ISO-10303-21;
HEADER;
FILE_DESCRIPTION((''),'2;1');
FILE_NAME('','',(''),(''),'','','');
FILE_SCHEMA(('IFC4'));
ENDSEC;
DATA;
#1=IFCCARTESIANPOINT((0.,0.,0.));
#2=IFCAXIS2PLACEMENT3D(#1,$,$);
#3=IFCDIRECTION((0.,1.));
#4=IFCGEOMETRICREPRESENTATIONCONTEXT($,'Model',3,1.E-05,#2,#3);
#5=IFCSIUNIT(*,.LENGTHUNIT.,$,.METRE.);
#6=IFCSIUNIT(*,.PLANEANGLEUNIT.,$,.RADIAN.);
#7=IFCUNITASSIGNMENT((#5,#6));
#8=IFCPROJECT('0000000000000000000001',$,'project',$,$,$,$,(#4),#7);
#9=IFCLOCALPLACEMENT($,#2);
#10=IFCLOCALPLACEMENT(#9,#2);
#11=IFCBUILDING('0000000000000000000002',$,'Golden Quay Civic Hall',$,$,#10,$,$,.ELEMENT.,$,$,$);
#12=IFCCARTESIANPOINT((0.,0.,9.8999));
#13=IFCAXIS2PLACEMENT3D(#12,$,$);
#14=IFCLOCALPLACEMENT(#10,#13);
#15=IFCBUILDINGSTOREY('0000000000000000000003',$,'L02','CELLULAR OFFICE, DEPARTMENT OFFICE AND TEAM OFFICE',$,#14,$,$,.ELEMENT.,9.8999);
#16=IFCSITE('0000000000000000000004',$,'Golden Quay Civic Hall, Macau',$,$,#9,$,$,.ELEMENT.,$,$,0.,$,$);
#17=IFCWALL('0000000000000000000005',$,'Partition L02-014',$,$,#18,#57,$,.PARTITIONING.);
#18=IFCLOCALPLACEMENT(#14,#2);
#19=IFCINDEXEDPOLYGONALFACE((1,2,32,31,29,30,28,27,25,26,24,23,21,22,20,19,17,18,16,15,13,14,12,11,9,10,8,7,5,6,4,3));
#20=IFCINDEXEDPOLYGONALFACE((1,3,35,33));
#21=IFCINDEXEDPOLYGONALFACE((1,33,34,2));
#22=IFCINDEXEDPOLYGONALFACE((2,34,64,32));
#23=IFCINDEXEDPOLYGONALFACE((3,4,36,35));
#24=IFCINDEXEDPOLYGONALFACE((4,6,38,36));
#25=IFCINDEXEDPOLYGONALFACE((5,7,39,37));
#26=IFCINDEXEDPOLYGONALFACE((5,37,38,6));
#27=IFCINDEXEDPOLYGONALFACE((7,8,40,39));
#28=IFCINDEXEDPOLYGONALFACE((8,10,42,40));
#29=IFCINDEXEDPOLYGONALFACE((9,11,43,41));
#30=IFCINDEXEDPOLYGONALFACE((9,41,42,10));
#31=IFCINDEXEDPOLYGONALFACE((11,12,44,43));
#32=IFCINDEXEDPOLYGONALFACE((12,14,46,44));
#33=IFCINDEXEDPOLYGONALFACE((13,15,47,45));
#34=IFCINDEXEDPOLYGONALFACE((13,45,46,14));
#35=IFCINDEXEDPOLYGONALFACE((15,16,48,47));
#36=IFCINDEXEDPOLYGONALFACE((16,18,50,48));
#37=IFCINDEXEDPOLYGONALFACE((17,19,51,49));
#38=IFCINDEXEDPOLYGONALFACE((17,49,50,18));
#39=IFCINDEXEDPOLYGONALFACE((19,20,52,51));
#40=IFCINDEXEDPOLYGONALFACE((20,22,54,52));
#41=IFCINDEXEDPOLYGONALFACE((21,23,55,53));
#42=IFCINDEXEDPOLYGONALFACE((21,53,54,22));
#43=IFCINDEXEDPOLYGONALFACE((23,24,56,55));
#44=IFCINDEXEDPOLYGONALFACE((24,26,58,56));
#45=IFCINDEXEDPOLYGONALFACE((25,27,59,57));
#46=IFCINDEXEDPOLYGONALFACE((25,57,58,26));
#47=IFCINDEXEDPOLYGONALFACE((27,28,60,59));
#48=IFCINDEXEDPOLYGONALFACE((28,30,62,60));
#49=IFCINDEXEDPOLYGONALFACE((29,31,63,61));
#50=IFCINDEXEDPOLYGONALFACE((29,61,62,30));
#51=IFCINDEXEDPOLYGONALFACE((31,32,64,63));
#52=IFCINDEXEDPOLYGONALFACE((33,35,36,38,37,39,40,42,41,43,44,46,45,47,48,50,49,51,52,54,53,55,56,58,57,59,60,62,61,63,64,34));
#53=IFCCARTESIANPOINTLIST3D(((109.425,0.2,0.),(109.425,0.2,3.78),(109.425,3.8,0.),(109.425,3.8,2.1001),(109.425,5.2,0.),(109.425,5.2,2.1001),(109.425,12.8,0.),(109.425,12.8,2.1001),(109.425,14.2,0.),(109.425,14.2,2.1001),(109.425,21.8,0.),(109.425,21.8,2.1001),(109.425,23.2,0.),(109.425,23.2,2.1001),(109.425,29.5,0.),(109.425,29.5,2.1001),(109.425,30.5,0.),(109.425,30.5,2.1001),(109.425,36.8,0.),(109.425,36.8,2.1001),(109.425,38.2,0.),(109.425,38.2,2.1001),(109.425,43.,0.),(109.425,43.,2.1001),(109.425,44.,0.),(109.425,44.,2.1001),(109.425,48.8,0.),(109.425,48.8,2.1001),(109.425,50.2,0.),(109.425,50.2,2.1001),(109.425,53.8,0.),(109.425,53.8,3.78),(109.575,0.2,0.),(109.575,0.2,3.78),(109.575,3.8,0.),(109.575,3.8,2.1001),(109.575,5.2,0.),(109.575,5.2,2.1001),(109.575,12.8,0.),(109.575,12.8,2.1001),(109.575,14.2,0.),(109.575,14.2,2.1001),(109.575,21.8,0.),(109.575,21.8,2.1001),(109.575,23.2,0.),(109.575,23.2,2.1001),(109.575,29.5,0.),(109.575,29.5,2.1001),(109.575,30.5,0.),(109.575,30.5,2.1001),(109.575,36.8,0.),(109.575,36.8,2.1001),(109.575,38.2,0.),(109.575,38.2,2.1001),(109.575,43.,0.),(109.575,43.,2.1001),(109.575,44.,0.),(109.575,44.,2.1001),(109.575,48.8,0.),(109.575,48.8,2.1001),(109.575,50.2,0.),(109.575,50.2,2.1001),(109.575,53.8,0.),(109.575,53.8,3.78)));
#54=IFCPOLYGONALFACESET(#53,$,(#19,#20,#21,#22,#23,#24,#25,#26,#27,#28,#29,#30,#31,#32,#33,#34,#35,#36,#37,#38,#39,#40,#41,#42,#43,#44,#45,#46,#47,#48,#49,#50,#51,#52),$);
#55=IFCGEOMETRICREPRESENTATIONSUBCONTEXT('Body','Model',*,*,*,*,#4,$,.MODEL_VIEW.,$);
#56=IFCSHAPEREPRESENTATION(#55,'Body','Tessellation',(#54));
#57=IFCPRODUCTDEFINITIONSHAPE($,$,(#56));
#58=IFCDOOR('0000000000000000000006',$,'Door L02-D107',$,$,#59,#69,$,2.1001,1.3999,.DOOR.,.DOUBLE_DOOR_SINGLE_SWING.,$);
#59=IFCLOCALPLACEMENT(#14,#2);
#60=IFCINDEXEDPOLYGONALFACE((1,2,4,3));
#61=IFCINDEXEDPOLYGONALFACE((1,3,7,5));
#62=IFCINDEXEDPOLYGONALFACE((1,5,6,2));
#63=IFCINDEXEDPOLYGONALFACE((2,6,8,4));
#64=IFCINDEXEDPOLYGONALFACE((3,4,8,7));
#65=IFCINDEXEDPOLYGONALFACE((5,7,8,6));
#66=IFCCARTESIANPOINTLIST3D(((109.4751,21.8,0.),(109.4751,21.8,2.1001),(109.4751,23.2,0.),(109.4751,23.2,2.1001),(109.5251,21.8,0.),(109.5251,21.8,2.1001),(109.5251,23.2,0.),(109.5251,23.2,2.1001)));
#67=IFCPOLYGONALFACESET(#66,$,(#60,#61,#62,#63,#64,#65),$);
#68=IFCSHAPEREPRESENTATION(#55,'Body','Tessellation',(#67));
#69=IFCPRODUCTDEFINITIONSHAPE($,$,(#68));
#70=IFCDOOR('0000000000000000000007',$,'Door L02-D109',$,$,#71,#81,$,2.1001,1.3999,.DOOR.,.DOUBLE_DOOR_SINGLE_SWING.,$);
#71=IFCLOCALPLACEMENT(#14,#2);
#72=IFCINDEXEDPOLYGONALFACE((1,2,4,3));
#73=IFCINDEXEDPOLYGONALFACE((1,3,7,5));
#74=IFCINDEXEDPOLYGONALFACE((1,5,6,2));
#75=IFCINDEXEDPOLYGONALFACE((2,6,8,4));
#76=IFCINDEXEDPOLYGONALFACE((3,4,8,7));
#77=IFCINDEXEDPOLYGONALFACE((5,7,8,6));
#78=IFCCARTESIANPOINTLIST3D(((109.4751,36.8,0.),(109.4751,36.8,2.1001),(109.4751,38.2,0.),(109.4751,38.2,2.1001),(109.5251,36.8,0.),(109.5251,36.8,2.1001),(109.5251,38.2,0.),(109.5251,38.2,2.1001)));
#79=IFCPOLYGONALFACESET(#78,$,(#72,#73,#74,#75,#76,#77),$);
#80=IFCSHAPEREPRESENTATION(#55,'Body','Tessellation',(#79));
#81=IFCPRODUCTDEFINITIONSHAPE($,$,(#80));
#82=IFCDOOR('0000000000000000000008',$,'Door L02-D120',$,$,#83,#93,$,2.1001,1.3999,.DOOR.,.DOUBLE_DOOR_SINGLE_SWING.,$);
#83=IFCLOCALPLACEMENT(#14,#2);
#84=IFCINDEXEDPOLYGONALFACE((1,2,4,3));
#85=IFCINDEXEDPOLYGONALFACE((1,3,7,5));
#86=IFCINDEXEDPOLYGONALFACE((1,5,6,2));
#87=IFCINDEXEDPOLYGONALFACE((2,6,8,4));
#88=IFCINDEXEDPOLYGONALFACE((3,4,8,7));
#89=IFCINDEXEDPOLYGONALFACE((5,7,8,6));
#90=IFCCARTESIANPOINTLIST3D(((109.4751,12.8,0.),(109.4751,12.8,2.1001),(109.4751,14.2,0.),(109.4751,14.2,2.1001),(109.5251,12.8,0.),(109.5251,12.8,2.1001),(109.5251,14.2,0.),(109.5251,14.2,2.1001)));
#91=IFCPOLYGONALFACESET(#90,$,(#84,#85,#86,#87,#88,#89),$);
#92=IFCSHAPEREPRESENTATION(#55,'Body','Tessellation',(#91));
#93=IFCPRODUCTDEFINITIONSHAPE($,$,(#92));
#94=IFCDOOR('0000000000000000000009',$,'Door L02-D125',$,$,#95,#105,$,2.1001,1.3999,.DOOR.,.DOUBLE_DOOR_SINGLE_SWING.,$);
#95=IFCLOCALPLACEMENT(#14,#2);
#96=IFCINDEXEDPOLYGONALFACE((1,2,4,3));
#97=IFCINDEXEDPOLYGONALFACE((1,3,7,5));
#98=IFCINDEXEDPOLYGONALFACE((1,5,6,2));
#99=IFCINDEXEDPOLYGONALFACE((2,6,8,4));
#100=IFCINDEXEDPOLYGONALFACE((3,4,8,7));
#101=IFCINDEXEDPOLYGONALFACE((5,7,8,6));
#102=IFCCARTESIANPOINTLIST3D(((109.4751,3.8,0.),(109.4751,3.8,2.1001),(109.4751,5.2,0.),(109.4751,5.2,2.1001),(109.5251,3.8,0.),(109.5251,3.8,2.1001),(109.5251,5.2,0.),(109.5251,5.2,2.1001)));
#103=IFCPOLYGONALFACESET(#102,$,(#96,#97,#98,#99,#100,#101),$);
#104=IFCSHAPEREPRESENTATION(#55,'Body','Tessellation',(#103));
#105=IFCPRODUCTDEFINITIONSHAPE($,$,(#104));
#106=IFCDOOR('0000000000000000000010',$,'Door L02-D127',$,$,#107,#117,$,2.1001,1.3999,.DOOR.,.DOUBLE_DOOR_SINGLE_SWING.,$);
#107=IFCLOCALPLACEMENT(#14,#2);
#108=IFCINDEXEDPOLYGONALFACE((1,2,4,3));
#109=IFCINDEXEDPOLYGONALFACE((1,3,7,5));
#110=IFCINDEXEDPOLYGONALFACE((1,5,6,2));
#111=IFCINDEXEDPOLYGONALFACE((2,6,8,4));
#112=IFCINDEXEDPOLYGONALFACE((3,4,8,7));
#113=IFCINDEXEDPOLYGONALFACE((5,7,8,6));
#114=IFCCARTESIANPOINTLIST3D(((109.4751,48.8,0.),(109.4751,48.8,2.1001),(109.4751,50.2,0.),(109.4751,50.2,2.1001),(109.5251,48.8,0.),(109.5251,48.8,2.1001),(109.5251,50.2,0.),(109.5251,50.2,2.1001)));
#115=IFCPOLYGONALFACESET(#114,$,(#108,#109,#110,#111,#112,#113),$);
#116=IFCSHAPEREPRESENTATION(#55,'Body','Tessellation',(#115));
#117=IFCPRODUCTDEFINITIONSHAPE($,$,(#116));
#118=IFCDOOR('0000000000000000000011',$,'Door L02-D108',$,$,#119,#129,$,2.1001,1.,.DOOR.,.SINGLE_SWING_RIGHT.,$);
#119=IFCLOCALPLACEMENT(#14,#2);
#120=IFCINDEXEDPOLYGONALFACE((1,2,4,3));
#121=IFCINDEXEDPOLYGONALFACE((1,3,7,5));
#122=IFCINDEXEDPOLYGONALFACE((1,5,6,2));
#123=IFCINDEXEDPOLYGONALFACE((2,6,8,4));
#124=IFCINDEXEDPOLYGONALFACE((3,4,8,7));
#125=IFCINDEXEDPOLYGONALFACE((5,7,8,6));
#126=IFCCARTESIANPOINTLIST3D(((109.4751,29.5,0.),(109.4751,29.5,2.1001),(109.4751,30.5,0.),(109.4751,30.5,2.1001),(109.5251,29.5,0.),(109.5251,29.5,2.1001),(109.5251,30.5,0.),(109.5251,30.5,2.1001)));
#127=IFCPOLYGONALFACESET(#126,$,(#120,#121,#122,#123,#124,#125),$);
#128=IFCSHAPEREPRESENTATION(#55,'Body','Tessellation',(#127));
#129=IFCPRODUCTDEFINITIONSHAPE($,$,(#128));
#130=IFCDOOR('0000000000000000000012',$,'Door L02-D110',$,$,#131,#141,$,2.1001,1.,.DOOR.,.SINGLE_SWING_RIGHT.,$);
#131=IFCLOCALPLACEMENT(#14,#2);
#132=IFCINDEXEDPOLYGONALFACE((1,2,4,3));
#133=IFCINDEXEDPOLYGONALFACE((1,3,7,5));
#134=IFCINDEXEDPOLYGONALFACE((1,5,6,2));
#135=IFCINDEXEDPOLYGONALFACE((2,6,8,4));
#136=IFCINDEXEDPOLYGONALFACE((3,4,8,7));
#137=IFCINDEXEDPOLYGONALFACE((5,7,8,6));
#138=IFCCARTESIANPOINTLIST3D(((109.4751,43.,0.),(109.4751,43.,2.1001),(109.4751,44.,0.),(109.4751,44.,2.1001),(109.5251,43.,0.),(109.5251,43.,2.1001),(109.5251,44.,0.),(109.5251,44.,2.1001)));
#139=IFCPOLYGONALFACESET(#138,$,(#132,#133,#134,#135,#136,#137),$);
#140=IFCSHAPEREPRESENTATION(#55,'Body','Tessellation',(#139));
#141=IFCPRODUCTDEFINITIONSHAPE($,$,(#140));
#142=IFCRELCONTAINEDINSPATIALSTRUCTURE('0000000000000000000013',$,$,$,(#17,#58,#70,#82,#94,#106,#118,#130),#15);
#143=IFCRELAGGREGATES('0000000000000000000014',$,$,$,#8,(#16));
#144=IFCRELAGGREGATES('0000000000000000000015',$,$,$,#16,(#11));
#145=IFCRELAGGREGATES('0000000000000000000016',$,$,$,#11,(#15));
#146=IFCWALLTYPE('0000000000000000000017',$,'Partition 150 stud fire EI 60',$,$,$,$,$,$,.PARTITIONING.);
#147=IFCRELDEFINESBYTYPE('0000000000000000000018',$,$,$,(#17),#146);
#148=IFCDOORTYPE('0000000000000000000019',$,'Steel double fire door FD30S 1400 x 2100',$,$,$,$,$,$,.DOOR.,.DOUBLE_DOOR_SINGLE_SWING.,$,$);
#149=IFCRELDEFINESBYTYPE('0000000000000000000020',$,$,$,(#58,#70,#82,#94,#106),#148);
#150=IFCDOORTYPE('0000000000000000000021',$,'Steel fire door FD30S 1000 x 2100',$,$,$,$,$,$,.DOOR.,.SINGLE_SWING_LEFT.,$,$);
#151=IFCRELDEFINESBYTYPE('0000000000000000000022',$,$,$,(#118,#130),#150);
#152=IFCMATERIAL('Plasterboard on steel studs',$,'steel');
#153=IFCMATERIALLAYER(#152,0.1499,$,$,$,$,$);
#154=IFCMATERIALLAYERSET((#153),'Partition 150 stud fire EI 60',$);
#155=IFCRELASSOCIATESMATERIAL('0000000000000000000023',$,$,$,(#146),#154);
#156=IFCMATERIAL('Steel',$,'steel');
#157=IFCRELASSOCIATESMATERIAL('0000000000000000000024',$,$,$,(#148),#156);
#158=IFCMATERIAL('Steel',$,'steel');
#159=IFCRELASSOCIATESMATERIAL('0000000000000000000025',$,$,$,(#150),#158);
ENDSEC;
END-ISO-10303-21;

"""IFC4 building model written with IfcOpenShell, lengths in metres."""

from ifc_helpers import new_model, si_unit, direction, frame, frame_2d, origin, place, context, subcontext, project, spatial, rectangle, extrude, material, layer, layer_set, type_object, element, fill, save


model = new_model("IFC4")

# Units and contexts
model_context = context("Model", 3, precision=1e-05, world=origin(), true_north=direction((0.0, 1.0)))
body_context = subcontext(model_context, "Body", "Model", "MODEL_VIEW")
ifc_project = project(units=[si_unit("LENGTHUNIT", "METRE"), si_unit("PLANEANGLEUNIT", "RADIAN")], contexts=[model_context])

# Site, building, storey
site_placement = place(None, origin())
site = spatial("IfcSite", under=ifc_project, at=site_placement, Name="Golden Quay Civic Hall, Macau", CompositionType="ELEMENT", RefElevation=0.0)
building_placement = place(site_placement, origin())
building = spatial("IfcBuilding", under=site, at=building_placement, Name="Golden Quay Civic Hall", CompositionType="ELEMENT")
storey_placement = place(building_placement, frame((0.0, 0.0, 9.8999)))
storey = spatial("IfcBuildingStorey", under=building, at=storey_placement, Name="L02", Description="CELLULAR OFFICE, DEPARTMENT OFFICE AND TEAM OFFICE", CompositionType="ELEMENT", Elevation=9.8999)

# Wall, openings, doors
ifc_material_1 = material(Name="Plasterboard on steel studs", Category="steel")
ifc_layer_1 = layer(ifc_material_1, 0.1499)
ifc_layer_set_1 = layer_set([ifc_layer_1], Name="Partition 150 stud fire EI 60")
wall_type_1 = type_object("IfcWallType", Name="Partition 150 stud fire EI 60", PredefinedType="PARTITIONING", material=ifc_layer_set_1)
wall_1_placement = place(storey_placement, frame((109.5, 0.2, 0.0), z_axis=(0.0, 0.0, 1.0), x_axis=(0.0, 1.0, 0.0)))
wall_1 = element("IfcWall", 1, at=wall_1_placement, inside=storey, type_object=wall_type_1, Name="Partition L02-014", PredefinedType="PARTITIONING", context=body_context, shape_type="SweptSolid", body=[
    extrude(rectangle(XDim=53.6001, YDim=0.1499, at=frame_2d((26.8, 0.0))), origin(), (0.0, 0.0, 1.0), 3.78),
])
opening_1_placement = place(wall_1_placement, frame((21.6001, 0.0, 0.0)))
opening_1 = element("IfcOpeningElement", 2, at=opening_1_placement, cuts=wall_1, PredefinedType="OPENING", context=body_context, shape_type="SweptSolid", body=[
    extrude(rectangle(XDim=1.3999, YDim=2.1001, at=frame_2d((0.7, 1.05))), frame((0.0, 0.085, 0.0), z_axis=(0.0, -1.0, 0.0), x_axis=(1.0, 0.0, 0.0)), (0.0, 0.0, 1.0), 0.1699),
])
opening_2_placement = place(wall_1_placement, frame((29.3, 0.0, 0.0)))
opening_2 = element("IfcOpeningElement", 3, at=opening_2_placement, cuts=wall_1, PredefinedType="OPENING", context=body_context, shape_type="SweptSolid", body=[
    extrude(rectangle(XDim=1.0, YDim=2.1001, at=frame_2d((0.5, 1.05))), frame((0.0, 0.085, 0.0), z_axis=(0.0, -1.0, 0.0), x_axis=(1.0, 0.0, 0.0)), (0.0, 0.0, 1.0), 0.1699),
])
opening_3_placement = place(wall_1_placement, frame((36.6001, 0.0, 0.0)))
opening_3 = element("IfcOpeningElement", 4, at=opening_3_placement, cuts=wall_1, PredefinedType="OPENING", context=body_context, shape_type="SweptSolid", body=[
    extrude(rectangle(XDim=1.3999, YDim=2.1001, at=frame_2d((0.7, 1.05))), frame((0.0, 0.085, 0.0), z_axis=(0.0, -1.0, 0.0), x_axis=(1.0, 0.0, 0.0)), (0.0, 0.0, 1.0), 0.1699),
])
opening_4_placement = place(wall_1_placement, frame((42.8, 0.0, 0.0)))
opening_4 = element("IfcOpeningElement", 5, at=opening_4_placement, cuts=wall_1, PredefinedType="OPENING", context=body_context, shape_type="SweptSolid", body=[
    extrude(rectangle(XDim=1.0, YDim=2.1001, at=frame_2d((0.5, 1.05))), frame((0.0, 0.085, 0.0), z_axis=(0.0, -1.0, 0.0), x_axis=(1.0, 0.0, 0.0)), (0.0, 0.0, 1.0), 0.1699),
])
opening_5_placement = place(wall_1_placement, frame((12.6001, 0.0, 0.0)))
opening_5 = element("IfcOpeningElement", 6, at=opening_5_placement, cuts=wall_1, PredefinedType="OPENING", context=body_context, shape_type="SweptSolid", body=[
    extrude(rectangle(XDim=1.3999, YDim=2.1001, at=frame_2d((0.7, 1.05))), frame((0.0, 0.085, 0.0), z_axis=(0.0, -1.0, 0.0), x_axis=(1.0, 0.0, 0.0)), (0.0, 0.0, 1.0), 0.1699),
])
opening_6_placement = place(wall_1_placement, frame((3.6001, 0.0, 0.0)))
opening_6 = element("IfcOpeningElement", 7, at=opening_6_placement, cuts=wall_1, PredefinedType="OPENING", context=body_context, shape_type="SweptSolid", body=[
    extrude(rectangle(XDim=1.3999, YDim=2.1001, at=frame_2d((0.7, 1.05))), frame((0.0, 0.085, 0.0), z_axis=(0.0, -1.0, 0.0), x_axis=(1.0, 0.0, 0.0)), (0.0, 0.0, 1.0), 0.1699),
])
opening_7_placement = place(wall_1_placement, frame((48.6001, 0.0, 0.0)))
opening_7 = element("IfcOpeningElement", 8, at=opening_7_placement, cuts=wall_1, PredefinedType="OPENING", context=body_context, shape_type="SweptSolid", body=[
    extrude(rectangle(XDim=1.3999, YDim=2.1001, at=frame_2d((0.7, 1.05))), frame((0.0, 0.085, 0.0), z_axis=(0.0, -1.0, 0.0), x_axis=(1.0, 0.0, 0.0)), (0.0, 0.0, 1.0), 0.1699),
])
ifc_material_2 = material(Name="Steel", Category="steel")
door_type_1 = type_object("IfcDoorType", Name="Steel double fire door FD30S 1400 x 2100", OperationType="DOUBLE_DOOR_SINGLE_SWING", PredefinedType="DOOR", material=ifc_material_2)
door_1_placement = place(opening_1_placement, frame((1.3999, 0.0, 0.0), z_axis=(0.0, 0.0, 1.0), x_axis=(-1.0, 0.0, 0.0)))
door_1 = element("IfcDoor", 9, at=door_1_placement, inside=storey, type_object=door_type_1, Name="Door L02-D107", OperationType="DOUBLE_DOOR_SINGLE_SWING", OverallHeight=2.1001, OverallWidth=1.3999, PredefinedType="DOOR", context=body_context, shape_type="SweptSolid", body=[
    extrude(rectangle(XDim=1.3999, YDim=2.1001, at=frame_2d((0.7, 1.05))), frame((0.0, 0.0251, 0.0), z_axis=(0.0, -1.0, 0.0), x_axis=(1.0, 0.0, 0.0)), (0.0, 0.0, 1.0), 0.05),
])
fill(opening_1, door_1)
door_2_placement = place(opening_3_placement, frame((1.3999, 0.0, 0.0), z_axis=(0.0, 0.0, 1.0), x_axis=(-1.0, 0.0, 0.0)))
door_2 = element("IfcDoor", 10, at=door_2_placement, inside=storey, type_object=door_type_1, Name="Door L02-D109", OperationType="DOUBLE_DOOR_SINGLE_SWING", OverallHeight=2.1001, OverallWidth=1.3999, PredefinedType="DOOR", context=body_context, shape_type="SweptSolid", body=[
    extrude(rectangle(XDim=1.3999, YDim=2.1001, at=frame_2d((0.7, 1.05))), frame((0.0, 0.0251, 0.0), z_axis=(0.0, -1.0, 0.0), x_axis=(1.0, 0.0, 0.0)), (0.0, 0.0, 1.0), 0.05),
])
fill(opening_3, door_2)
door_3_placement = place(opening_5_placement, frame((1.3999, 0.0, 0.0), z_axis=(0.0, 0.0, 1.0), x_axis=(-1.0, 0.0, 0.0)))
door_3 = element("IfcDoor", 11, at=door_3_placement, inside=storey, type_object=door_type_1, Name="Door L02-D120", OperationType="DOUBLE_DOOR_SINGLE_SWING", OverallHeight=2.1001, OverallWidth=1.3999, PredefinedType="DOOR", context=body_context, shape_type="SweptSolid", body=[
    extrude(rectangle(XDim=1.3999, YDim=2.1001, at=frame_2d((0.7, 1.05))), frame((0.0, 0.0251, 0.0), z_axis=(0.0, -1.0, 0.0), x_axis=(1.0, 0.0, 0.0)), (0.0, 0.0, 1.0), 0.05),
])
fill(opening_5, door_3)
door_4_placement = place(opening_6_placement, origin())
door_4 = element("IfcDoor", 12, at=door_4_placement, inside=storey, type_object=door_type_1, Name="Door L02-D125", OperationType="DOUBLE_DOOR_SINGLE_SWING", OverallHeight=2.1001, OverallWidth=1.3999, PredefinedType="DOOR", context=body_context, shape_type="SweptSolid", body=[
    extrude(rectangle(XDim=1.3999, YDim=2.1001, at=frame_2d((0.7, 1.05))), frame((0.0, 0.0249, 0.0), z_axis=(0.0, -1.0, 0.0), x_axis=(1.0, 0.0, 0.0)), (0.0, 0.0, 1.0), 0.05),
])
fill(opening_6, door_4)
door_5_placement = place(opening_7_placement, origin())
door_5 = element("IfcDoor", 13, at=door_5_placement, inside=storey, type_object=door_type_1, Name="Door L02-D127", OperationType="DOUBLE_DOOR_SINGLE_SWING", OverallHeight=2.1001, OverallWidth=1.3999, PredefinedType="DOOR", context=body_context, shape_type="SweptSolid", body=[
    extrude(rectangle(XDim=1.3999, YDim=2.1001, at=frame_2d((0.7, 1.05))), frame((0.0, 0.0249, 0.0), z_axis=(0.0, -1.0, 0.0), x_axis=(1.0, 0.0, 0.0)), (0.0, 0.0, 1.0), 0.05),
])
fill(opening_7, door_5)
ifc_material_3 = material(Name="Steel", Category="steel")
door_type_2 = type_object("IfcDoorType", Name="Steel fire door FD30S 1000 x 2100", OperationType="SINGLE_SWING_LEFT", PredefinedType="DOOR", material=ifc_material_3)
door_6_placement = place(opening_2_placement, frame((1.0, 0.0, 0.0), z_axis=(0.0, 0.0, 1.0), x_axis=(-1.0, 0.0, 0.0)))
door_6 = element("IfcDoor", 14, at=door_6_placement, inside=storey, type_object=door_type_2, Name="Door L02-D108", OperationType="SINGLE_SWING_RIGHT", OverallHeight=2.1001, OverallWidth=1.0, PredefinedType="DOOR", context=body_context, shape_type="SweptSolid", body=[
    extrude(rectangle(XDim=1.0, YDim=2.1001, at=frame_2d((0.5, 1.05))), frame((0.0, 0.0251, 0.0), z_axis=(0.0, -1.0, 0.0), x_axis=(1.0, 0.0, 0.0)), (0.0, 0.0, 1.0), 0.05),
])
fill(opening_2, door_6)
door_7_placement = place(opening_4_placement, frame((1.0, 0.0, 0.0), z_axis=(0.0, 0.0, 1.0), x_axis=(-1.0, 0.0, 0.0)))
door_7 = element("IfcDoor", 15, at=door_7_placement, inside=storey, type_object=door_type_2, Name="Door L02-D110", OperationType="SINGLE_SWING_RIGHT", OverallHeight=2.1001, OverallWidth=1.0, PredefinedType="DOOR", context=body_context, shape_type="SweptSolid", body=[
    extrude(rectangle(XDim=1.0, YDim=2.1001, at=frame_2d((0.5, 1.05))), frame((0.0, 0.0251, 0.0), z_axis=(0.0, -1.0, 0.0), x_axis=(1.0, 0.0, 0.0)), (0.0, 0.0, 1.0), 0.05),
])
fill(opening_4, door_7)

save(model, "model.ifc")
